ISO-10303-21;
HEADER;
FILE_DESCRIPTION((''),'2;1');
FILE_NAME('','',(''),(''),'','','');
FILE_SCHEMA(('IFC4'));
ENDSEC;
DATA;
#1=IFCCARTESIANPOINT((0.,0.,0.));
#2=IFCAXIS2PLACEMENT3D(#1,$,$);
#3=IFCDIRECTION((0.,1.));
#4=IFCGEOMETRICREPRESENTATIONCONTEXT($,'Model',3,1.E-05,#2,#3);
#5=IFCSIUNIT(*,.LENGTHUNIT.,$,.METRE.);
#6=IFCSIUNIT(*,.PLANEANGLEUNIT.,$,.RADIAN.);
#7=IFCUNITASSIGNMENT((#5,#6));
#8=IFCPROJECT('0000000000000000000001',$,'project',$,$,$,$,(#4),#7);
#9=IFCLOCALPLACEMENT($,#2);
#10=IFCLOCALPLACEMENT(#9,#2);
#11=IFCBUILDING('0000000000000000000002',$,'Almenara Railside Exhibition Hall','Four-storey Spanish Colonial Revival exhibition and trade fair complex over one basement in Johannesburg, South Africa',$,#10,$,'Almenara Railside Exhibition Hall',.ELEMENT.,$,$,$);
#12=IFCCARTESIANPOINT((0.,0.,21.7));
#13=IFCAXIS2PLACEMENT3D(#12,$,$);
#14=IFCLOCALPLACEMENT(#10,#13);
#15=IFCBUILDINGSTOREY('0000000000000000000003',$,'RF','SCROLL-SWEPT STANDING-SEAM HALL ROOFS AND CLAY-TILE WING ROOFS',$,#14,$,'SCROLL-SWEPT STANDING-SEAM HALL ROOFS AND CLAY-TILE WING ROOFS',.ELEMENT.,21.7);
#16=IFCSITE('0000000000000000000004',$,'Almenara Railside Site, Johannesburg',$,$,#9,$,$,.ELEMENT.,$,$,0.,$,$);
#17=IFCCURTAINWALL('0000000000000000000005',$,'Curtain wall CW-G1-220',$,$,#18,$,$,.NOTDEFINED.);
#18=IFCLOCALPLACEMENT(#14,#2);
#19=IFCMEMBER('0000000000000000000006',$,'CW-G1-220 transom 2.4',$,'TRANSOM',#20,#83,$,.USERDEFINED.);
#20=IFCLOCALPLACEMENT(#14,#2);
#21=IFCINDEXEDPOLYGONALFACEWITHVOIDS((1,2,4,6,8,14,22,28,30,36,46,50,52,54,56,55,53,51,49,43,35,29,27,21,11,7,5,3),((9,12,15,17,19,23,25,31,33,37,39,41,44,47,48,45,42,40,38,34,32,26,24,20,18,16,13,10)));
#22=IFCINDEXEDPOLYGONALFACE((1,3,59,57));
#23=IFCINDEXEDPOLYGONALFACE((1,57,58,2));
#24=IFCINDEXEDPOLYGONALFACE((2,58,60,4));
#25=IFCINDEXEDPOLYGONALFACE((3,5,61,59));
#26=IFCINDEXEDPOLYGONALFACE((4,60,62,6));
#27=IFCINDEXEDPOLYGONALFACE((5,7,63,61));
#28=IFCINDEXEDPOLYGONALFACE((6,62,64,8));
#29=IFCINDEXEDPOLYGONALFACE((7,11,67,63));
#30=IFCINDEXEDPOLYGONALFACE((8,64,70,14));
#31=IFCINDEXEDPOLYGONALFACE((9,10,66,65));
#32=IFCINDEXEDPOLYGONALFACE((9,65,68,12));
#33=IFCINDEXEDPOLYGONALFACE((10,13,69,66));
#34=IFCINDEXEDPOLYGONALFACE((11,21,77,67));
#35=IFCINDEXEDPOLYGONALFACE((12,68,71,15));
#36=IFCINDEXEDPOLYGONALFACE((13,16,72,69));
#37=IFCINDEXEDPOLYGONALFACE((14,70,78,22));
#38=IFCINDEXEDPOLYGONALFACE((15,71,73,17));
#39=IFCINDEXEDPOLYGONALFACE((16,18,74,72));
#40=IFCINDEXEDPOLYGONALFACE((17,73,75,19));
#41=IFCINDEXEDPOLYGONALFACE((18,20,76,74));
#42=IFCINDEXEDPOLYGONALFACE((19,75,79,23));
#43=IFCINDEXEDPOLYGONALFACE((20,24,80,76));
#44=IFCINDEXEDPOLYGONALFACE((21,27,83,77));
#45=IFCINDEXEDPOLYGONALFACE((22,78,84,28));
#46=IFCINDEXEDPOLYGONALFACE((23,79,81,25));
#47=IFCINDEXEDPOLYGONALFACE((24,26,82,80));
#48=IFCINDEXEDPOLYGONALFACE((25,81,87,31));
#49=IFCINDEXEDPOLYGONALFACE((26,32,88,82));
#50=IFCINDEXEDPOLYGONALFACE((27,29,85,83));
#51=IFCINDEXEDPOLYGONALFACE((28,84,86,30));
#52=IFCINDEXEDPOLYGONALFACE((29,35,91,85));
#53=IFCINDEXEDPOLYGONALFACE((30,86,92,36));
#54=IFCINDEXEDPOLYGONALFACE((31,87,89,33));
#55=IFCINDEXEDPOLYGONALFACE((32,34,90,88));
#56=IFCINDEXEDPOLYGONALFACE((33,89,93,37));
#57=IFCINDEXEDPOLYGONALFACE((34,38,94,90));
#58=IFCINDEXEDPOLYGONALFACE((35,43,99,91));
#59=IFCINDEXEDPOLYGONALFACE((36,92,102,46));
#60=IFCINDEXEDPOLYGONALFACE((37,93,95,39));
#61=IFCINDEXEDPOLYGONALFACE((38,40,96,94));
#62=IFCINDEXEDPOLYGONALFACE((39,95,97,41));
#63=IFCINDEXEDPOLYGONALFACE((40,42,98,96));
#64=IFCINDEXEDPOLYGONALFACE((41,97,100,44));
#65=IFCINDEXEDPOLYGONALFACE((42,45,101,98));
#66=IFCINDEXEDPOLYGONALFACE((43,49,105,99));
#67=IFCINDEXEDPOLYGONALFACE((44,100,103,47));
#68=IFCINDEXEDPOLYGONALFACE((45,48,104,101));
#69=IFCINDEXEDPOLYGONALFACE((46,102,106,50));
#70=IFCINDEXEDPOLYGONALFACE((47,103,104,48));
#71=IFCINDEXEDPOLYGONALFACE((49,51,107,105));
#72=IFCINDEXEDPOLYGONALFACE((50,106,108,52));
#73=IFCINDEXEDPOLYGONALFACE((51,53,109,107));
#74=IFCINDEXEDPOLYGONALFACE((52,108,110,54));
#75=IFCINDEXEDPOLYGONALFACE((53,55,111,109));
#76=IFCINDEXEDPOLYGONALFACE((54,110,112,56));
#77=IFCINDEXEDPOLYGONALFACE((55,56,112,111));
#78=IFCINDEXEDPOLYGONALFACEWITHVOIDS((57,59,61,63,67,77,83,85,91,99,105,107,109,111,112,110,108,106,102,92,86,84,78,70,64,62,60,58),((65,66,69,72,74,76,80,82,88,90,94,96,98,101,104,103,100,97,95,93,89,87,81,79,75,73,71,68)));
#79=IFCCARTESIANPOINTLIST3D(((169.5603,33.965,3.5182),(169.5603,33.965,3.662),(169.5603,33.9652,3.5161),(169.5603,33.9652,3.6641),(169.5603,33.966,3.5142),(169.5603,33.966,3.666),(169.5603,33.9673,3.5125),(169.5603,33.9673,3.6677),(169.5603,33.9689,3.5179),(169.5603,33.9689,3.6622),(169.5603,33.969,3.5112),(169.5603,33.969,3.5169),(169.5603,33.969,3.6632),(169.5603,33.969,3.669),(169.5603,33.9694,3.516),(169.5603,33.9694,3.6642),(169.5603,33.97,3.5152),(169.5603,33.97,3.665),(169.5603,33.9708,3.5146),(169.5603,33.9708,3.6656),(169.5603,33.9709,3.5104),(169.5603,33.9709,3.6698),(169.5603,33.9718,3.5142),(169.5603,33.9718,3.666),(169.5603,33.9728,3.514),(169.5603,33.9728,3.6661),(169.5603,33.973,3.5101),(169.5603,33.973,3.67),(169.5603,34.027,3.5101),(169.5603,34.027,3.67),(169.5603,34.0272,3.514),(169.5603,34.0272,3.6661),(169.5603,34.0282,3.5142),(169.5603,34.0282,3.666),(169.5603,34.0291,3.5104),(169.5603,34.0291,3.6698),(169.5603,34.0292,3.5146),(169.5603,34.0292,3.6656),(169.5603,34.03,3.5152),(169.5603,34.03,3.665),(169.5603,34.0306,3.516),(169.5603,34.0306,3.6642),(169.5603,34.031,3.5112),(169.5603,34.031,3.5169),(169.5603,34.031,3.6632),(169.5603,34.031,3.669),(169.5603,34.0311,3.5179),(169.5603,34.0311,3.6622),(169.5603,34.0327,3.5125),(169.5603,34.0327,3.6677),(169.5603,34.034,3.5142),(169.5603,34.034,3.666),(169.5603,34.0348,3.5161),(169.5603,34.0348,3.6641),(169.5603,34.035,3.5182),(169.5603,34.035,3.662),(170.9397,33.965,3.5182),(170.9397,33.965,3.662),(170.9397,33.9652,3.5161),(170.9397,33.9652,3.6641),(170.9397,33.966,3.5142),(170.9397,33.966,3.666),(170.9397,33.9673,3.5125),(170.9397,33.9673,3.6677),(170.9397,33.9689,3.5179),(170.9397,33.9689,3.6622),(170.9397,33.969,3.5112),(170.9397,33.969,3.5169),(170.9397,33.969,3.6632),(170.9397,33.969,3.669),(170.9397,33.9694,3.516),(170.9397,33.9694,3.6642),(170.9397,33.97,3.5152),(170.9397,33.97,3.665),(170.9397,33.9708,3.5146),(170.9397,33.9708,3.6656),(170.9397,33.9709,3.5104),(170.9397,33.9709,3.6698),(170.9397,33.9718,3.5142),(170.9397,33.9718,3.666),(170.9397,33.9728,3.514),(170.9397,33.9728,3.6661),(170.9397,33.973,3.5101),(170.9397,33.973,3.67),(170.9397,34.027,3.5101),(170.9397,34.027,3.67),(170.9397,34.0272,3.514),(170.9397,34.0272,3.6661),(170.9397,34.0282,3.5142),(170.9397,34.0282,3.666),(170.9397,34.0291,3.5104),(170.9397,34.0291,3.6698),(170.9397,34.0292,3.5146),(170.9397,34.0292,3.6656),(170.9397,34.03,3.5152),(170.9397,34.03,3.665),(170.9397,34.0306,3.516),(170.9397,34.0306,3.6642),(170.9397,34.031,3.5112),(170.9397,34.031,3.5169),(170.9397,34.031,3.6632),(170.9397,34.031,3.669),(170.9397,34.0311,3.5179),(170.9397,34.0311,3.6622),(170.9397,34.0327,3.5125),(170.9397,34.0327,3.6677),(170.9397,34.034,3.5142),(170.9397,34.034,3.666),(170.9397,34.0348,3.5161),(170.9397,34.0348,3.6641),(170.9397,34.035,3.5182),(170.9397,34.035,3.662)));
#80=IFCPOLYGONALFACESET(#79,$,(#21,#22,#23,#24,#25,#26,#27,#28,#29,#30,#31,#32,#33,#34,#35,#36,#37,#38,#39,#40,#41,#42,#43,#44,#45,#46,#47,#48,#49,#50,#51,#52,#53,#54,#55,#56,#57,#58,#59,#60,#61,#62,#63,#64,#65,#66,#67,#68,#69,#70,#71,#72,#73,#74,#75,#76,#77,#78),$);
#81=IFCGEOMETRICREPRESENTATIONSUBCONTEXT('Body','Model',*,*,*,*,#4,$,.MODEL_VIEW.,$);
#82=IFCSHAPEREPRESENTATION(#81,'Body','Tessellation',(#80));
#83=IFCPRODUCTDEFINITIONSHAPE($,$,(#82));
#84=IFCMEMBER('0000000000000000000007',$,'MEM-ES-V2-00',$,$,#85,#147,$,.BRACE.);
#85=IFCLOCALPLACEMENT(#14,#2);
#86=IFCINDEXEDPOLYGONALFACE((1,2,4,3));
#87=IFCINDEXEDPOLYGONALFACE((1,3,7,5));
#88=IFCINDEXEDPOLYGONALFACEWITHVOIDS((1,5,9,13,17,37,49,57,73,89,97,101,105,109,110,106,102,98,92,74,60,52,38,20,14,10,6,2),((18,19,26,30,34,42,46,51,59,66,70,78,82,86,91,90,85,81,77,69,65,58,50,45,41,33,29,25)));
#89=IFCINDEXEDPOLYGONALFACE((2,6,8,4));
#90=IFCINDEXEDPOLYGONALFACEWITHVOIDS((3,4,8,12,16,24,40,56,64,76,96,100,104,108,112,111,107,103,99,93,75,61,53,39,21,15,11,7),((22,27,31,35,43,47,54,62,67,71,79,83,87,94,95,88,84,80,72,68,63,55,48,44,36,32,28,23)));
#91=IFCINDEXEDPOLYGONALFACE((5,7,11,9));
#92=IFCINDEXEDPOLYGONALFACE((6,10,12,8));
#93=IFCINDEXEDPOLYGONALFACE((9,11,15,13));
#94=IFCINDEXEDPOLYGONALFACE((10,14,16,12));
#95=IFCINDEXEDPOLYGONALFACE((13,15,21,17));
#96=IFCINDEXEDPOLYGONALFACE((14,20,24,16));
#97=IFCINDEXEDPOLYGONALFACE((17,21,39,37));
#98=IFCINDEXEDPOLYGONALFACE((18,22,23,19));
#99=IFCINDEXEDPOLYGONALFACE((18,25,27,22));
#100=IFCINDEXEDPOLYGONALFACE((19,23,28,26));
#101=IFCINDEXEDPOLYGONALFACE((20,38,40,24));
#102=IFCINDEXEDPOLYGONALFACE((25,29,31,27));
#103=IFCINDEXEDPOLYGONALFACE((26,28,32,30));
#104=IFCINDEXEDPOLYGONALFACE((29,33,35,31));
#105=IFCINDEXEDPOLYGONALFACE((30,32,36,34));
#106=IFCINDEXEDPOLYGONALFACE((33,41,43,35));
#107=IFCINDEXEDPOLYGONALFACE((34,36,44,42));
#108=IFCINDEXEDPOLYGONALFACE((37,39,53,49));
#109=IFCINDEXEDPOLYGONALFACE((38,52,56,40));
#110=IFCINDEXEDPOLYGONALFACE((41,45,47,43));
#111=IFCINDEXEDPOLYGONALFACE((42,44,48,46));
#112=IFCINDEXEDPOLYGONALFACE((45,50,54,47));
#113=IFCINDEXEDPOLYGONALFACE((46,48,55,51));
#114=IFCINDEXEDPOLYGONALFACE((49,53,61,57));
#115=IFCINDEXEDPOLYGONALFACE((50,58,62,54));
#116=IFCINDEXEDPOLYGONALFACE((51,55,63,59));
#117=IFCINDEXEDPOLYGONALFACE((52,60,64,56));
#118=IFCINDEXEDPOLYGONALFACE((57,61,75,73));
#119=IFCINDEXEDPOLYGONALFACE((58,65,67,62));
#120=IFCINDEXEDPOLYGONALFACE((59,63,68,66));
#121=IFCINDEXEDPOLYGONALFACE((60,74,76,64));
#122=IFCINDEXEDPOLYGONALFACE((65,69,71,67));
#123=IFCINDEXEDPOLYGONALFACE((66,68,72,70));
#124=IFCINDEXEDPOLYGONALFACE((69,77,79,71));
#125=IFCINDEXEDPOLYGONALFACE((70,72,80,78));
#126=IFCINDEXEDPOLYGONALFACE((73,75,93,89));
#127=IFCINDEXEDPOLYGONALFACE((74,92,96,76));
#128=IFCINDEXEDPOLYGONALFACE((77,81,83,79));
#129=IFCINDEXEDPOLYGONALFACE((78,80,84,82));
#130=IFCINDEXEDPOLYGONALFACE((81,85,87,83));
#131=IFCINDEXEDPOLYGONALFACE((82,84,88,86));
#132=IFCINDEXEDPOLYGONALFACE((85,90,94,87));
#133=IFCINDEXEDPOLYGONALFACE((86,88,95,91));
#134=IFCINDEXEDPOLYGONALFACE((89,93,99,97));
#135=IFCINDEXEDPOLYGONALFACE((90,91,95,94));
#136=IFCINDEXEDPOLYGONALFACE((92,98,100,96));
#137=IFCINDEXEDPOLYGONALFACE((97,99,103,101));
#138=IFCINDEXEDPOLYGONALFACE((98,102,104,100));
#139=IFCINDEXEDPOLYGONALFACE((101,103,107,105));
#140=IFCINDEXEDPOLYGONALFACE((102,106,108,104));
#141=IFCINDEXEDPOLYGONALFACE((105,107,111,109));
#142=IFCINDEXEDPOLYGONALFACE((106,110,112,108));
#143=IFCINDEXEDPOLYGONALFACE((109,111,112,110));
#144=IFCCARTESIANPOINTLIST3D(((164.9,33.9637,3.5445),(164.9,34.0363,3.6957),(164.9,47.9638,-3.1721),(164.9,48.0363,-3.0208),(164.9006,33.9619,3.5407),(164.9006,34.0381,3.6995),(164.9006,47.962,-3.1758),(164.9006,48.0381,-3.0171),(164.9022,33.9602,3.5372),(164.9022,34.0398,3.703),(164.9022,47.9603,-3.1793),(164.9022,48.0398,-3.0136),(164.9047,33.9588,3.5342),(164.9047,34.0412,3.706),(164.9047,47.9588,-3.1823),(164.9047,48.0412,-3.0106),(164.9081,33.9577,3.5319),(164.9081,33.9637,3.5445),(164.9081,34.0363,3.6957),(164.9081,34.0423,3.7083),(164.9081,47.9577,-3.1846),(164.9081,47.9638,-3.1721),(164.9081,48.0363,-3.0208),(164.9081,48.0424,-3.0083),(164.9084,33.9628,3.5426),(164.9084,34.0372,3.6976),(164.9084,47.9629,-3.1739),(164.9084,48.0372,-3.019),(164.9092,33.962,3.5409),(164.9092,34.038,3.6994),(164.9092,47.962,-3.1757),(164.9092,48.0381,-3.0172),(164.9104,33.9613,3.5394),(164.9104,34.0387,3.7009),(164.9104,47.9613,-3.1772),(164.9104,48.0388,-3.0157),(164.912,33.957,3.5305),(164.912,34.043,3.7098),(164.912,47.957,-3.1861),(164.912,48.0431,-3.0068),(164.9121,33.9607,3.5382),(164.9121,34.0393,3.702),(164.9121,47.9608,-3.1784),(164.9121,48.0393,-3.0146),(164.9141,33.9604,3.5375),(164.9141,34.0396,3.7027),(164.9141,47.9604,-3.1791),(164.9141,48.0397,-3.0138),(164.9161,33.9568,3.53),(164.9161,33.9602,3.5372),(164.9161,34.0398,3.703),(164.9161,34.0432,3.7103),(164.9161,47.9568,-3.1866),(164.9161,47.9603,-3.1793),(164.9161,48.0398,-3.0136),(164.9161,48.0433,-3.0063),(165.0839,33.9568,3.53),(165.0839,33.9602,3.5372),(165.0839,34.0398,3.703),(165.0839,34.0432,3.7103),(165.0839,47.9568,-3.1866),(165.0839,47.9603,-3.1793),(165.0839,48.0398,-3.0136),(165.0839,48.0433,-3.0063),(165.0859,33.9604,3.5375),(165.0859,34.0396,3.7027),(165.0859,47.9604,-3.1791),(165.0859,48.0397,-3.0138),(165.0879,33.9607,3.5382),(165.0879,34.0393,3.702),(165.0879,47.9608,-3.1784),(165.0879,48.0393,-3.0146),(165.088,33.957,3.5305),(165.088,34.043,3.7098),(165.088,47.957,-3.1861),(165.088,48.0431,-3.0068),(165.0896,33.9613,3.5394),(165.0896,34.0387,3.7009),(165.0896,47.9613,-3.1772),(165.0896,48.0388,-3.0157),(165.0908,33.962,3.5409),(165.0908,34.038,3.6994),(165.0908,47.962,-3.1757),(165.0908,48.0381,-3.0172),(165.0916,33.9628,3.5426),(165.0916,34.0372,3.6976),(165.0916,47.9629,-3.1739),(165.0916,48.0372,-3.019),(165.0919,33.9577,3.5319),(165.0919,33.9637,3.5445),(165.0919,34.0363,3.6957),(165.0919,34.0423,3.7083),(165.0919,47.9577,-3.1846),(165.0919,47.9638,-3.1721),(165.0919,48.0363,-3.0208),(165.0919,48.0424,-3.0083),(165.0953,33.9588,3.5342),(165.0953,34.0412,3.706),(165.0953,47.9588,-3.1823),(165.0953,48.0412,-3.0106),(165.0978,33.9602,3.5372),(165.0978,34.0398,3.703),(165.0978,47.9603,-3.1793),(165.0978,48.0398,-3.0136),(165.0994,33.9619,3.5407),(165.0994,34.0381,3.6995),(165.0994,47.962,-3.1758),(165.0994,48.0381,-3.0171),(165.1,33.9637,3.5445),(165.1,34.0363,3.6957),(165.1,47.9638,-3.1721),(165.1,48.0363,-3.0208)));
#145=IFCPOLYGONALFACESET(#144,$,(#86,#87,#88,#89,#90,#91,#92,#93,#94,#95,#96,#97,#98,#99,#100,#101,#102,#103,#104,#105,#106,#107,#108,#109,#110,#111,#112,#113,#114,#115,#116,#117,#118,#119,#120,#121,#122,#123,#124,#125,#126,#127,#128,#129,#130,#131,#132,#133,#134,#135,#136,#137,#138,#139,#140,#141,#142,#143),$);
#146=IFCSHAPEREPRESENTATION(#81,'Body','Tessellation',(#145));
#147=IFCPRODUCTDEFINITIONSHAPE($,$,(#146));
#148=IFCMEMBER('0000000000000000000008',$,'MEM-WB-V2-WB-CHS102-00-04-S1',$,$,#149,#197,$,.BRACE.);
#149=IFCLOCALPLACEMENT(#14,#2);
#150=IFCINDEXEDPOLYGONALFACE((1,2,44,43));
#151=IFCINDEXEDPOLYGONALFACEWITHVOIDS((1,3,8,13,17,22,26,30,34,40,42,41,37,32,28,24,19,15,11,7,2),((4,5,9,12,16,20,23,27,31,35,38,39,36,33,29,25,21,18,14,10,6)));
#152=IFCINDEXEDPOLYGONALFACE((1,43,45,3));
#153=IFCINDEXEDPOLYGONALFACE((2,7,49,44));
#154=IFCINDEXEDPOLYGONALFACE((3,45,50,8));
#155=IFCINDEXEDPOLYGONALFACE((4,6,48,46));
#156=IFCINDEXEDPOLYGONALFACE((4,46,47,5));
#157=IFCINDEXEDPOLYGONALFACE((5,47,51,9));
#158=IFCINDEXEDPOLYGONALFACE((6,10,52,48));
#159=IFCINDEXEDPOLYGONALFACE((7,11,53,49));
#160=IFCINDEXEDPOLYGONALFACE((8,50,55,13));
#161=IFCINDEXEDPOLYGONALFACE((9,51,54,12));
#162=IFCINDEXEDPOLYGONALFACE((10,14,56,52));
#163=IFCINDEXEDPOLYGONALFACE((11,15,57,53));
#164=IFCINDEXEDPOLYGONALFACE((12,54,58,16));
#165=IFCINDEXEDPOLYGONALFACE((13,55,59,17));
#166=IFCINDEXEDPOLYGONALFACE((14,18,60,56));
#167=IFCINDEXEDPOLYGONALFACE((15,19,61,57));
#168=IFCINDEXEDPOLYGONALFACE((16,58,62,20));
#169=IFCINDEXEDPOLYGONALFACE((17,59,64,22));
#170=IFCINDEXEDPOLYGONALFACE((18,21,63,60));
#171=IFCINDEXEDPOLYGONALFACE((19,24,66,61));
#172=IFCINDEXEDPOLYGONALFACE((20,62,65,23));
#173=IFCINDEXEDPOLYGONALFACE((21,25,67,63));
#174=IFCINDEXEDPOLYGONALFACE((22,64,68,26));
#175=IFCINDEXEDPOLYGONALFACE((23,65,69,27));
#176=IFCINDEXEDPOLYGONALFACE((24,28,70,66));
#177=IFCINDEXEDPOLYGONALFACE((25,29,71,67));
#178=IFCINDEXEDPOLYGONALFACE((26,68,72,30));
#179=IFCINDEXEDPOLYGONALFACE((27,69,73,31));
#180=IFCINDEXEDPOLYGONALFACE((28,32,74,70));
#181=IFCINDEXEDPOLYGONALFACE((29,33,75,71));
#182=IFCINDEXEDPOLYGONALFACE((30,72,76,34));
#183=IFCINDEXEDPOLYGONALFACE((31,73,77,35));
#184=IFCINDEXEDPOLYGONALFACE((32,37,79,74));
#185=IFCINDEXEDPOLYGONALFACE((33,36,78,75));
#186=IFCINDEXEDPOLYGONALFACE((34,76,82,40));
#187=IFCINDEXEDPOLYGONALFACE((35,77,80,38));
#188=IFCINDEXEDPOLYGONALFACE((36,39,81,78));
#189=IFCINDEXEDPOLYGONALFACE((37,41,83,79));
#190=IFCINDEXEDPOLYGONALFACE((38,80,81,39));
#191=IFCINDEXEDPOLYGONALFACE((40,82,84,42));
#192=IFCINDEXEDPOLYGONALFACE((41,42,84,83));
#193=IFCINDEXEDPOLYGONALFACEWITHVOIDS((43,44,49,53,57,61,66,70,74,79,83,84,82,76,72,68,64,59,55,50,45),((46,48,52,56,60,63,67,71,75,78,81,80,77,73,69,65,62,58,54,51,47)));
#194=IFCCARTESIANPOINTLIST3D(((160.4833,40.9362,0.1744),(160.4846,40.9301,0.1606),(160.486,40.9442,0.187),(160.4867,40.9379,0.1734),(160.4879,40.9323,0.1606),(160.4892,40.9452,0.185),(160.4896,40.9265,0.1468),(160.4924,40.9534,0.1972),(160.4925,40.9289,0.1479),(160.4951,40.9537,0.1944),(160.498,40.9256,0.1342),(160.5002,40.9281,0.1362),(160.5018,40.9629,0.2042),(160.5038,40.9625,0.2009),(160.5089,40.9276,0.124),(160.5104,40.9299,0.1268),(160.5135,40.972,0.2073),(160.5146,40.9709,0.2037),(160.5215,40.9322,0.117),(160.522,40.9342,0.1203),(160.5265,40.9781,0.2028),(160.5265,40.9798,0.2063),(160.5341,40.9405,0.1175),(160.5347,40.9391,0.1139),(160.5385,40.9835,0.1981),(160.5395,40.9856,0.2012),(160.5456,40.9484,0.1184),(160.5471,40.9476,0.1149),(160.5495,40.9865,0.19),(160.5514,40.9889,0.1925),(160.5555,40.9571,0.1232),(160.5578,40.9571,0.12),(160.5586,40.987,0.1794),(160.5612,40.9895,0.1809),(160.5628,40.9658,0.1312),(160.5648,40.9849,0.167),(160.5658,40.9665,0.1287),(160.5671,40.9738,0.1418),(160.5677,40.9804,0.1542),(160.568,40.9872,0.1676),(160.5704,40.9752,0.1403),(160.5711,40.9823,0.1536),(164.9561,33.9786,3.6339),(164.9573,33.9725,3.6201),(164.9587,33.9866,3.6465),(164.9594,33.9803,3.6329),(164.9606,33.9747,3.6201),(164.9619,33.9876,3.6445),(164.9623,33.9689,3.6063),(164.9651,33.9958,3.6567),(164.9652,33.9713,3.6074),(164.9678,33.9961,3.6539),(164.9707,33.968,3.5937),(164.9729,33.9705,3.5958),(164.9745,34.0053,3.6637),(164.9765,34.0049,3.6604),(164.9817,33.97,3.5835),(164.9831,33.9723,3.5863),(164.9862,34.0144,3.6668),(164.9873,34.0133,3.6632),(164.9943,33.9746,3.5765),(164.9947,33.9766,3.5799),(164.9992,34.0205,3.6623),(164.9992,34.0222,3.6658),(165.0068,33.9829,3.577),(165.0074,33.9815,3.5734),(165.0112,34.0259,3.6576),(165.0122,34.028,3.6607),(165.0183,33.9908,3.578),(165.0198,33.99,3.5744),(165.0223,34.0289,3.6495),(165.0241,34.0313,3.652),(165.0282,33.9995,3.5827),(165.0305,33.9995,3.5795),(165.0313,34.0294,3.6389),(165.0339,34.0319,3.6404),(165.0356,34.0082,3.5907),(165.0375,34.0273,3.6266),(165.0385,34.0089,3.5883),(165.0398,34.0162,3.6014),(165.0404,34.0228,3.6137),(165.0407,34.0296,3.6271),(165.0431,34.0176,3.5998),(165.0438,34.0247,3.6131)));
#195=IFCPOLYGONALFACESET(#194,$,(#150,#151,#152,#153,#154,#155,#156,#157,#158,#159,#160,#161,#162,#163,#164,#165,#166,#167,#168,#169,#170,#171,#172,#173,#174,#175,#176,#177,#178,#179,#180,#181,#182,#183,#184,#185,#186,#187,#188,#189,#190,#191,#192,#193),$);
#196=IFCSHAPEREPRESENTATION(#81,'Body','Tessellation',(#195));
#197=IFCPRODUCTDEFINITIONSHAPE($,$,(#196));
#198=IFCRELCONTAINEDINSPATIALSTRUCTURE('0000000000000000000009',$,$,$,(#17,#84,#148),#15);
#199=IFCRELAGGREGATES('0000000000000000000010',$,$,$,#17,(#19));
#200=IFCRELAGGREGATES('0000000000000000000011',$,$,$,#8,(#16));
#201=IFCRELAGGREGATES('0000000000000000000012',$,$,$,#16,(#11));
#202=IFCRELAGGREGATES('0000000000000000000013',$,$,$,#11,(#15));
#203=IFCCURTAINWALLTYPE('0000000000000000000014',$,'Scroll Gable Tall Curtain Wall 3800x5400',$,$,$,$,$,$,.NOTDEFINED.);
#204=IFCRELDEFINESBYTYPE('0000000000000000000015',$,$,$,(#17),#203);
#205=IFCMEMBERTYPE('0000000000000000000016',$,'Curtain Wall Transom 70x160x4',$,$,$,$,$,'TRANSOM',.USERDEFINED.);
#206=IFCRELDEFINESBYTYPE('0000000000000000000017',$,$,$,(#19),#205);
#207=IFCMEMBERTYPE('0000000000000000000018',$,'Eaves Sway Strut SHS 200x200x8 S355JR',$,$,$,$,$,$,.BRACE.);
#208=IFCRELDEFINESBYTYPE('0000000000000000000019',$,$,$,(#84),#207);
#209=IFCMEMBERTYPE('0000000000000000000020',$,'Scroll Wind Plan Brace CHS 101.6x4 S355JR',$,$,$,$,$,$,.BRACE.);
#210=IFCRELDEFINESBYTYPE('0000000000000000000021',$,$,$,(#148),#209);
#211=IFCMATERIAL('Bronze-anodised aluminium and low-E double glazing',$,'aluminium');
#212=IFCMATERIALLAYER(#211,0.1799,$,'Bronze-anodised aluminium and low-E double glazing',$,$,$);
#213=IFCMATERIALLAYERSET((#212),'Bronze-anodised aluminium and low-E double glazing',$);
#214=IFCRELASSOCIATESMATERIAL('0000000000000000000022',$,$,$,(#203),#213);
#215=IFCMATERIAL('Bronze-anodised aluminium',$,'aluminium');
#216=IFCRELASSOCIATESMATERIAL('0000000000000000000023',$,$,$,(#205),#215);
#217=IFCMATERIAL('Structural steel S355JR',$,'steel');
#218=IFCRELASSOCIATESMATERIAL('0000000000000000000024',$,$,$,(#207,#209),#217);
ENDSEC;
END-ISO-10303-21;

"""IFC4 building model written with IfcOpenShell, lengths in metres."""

from ifc_helpers import new_model, si_unit, direction, frame, origin, origin_2d, place, context, subcontext, project, spatial, hollow_rectangle, hollow_circle, extrude, material, layer, layer_set, material_profile, profile_set, type_object, element, aggregate, save


model = new_model("IFC4")

# Units and contexts
model_context = context("Model", 3, precision=1e-05, world=origin(), true_north=direction((0.0, 1.0)))
body_context = subcontext(model_context, "Body", "Model", "MODEL_VIEW")
ifc_project = project(units=[si_unit("LENGTHUNIT", "METRE"), si_unit("PLANEANGLEUNIT", "RADIAN")], contexts=[model_context])

# Site, building, storey
site_placement = place(None, origin())
site = spatial("IfcSite", under=ifc_project, at=site_placement, Name="Almenara Railside Site, Johannesburg", CompositionType="ELEMENT", RefElevation=0.0)
building_placement = place(site_placement, origin())
building = spatial("IfcBuilding", under=site, at=building_placement, Name="Almenara Railside Exhibition Hall", Description="Four-storey Spanish Colonial Revival exhibition and trade fair complex over one basement in Johannesburg, South Africa", LongName="Almenara Railside Exhibition Hall", CompositionType="ELEMENT")
storey_placement = place(building_placement, frame((0.0, 0.0, 21.7)))
storey = spatial("IfcBuildingStorey", under=building, at=storey_placement, Name="RF", Description="SCROLL-SWEPT STANDING-SEAM HALL ROOFS AND CLAY-TILE WING ROOFS", LongName="SCROLL-SWEPT STANDING-SEAM HALL ROOFS AND CLAY-TILE WING ROOFS", CompositionType="ELEMENT", Elevation=21.7)

# Shared definitions
ifc_material_1 = material(Name="Structural steel S355JR", Category="steel")

# Curtain wall, member
ifc_material_2 = material(Name="Bronze-anodised aluminium and low-E double glazing", Category="aluminium")
ifc_layer_1 = layer(ifc_material_2, 0.1799, Name="Bronze-anodised aluminium and low-E double glazing")
ifc_layer_set_1 = layer_set([ifc_layer_1], Name="Bronze-anodised aluminium and low-E double glazing")
curtain_wall_type = type_object("IfcCurtainWallType", Name="Scroll Gable Tall Curtain Wall 3800x5400", PredefinedType="NOTDEFINED", material=ifc_layer_set_1)
ifc_material_3 = material(Name="Bronze-anodised aluminium", Category="aluminium")
curtain_wall_1_placement = place(storey_placement, origin())
curtain_wall_1 = element("IfcCurtainWall", 1, at=curtain_wall_1_placement, inside=storey, type_object=curtain_wall_type, Name="Curtain wall CW-G1-220", PredefinedType="NOTDEFINED")
ifc_material_profile_1 = material_profile(ifc_material_3, hollow_rectangle(XDim=0.0701, YDim=0.1599, WallThickness=0.0039, InnerFilletRadius=0.0039, OuterFilletRadius=0.0081, at=origin_2d()), Name="ALU-TRN 70x160x4")
ifc_profile_set_1 = profile_set([ifc_material_profile_1], Name="Bronze-anodised aluminium")
member_type_1 = type_object("IfcMemberType", Name="Curtain Wall Transom 70x160x4", ElementType="TRANSOM", PredefinedType="USERDEFINED", material=ifc_profile_set_1)
member_1_placement = place(storey_placement, frame((169.5603, 34.0, 3.5901), z_axis=(1.0, 0.0, 0.0), x_axis=(0.0, 1.0, 0.0)))
member_1 = element("IfcMember", 2, at=member_1_placement, type_object=member_type_1, Name="CW-G1-220 transom 2.4", ObjectType="TRANSOM", PredefinedType="USERDEFINED", context=body_context, shape_type="SweptSolid", body=[
    extrude(hollow_rectangle(XDim=0.0701, YDim=0.1599, WallThickness=0.0039, InnerFilletRadius=0.0039, OuterFilletRadius=0.0081, at=origin_2d()), origin(), (0.0, 0.0, 1.0), 1.3794),
])

# Members
ifc_material_profile_2 = material_profile(ifc_material_1, hollow_rectangle(XDim=0.2, YDim=0.2, WallThickness=0.0081, InnerFilletRadius=0.0081, OuterFilletRadius=0.0161, at=origin_2d()), Name="SHS 200x200x8")
ifc_profile_set_2 = profile_set([ifc_material_profile_2], Name="Structural steel S355JR")
member_type_2 = type_object("IfcMemberType", Name="Eaves Sway Strut SHS 200x200x8 S355JR", PredefinedType="BRACE", material=ifc_profile_set_2)
member_2_placement = place(storey_placement, frame((165.0, 34.0, 3.6201), z_axis=(0.0, 0.90161, -0.432551), x_axis=(-1.0, 0.0, 0.0)))
element("IfcMember", 3, at=member_2_placement, inside=storey, type_object=member_type_2, Name="MEM-ES-V2-00", PredefinedType="BRACE", context=body_context, shape_type="SweptSolid", body=[
    extrude(hollow_rectangle(XDim=0.2, YDim=0.2, WallThickness=0.0081, InnerFilletRadius=0.0081, OuterFilletRadius=0.0161, at=origin_2d()), origin(), (0.0, 0.0, 1.0), 15.5278),
])
ifc_material_profile_3 = material_profile(ifc_material_1, hollow_circle(Radius=0.0508, WallThickness=0.0039, at=origin_2d()), Name="CHS 101.6x4")
ifc_profile_set_3 = profile_set([ifc_material_profile_3], Name="Structural steel S355JR")
member_type_3 = type_object("IfcMemberType", Name="Scroll Wind Plan Brace CHS 101.6x4 S355JR", PredefinedType="BRACE", material=ifc_profile_set_3)
member_3_placement = place(storey_placement, frame((165.0, 34.0, 3.6201), z_axis=(-0.498876, 0.776035, -0.385866), x_axis=(-0.84118, -0.540755, 0.0)))
element("IfcMember", 4, at=member_3_placement, inside=storey, type_object=member_type_3, Name="MEM-WB-V2-WB-CHS102-00-04-S1", PredefinedType="BRACE", context=body_context, shape_type="SweptSolid", body=[
    extrude(hollow_circle(Radius=0.0508, WallThickness=0.0039, at=origin_2d()), origin(), (0.0, 0.0, 1.0), 8.9656),
])

aggregate(curtain_wall_1, [member_1])

save(model, "model.ifc")
